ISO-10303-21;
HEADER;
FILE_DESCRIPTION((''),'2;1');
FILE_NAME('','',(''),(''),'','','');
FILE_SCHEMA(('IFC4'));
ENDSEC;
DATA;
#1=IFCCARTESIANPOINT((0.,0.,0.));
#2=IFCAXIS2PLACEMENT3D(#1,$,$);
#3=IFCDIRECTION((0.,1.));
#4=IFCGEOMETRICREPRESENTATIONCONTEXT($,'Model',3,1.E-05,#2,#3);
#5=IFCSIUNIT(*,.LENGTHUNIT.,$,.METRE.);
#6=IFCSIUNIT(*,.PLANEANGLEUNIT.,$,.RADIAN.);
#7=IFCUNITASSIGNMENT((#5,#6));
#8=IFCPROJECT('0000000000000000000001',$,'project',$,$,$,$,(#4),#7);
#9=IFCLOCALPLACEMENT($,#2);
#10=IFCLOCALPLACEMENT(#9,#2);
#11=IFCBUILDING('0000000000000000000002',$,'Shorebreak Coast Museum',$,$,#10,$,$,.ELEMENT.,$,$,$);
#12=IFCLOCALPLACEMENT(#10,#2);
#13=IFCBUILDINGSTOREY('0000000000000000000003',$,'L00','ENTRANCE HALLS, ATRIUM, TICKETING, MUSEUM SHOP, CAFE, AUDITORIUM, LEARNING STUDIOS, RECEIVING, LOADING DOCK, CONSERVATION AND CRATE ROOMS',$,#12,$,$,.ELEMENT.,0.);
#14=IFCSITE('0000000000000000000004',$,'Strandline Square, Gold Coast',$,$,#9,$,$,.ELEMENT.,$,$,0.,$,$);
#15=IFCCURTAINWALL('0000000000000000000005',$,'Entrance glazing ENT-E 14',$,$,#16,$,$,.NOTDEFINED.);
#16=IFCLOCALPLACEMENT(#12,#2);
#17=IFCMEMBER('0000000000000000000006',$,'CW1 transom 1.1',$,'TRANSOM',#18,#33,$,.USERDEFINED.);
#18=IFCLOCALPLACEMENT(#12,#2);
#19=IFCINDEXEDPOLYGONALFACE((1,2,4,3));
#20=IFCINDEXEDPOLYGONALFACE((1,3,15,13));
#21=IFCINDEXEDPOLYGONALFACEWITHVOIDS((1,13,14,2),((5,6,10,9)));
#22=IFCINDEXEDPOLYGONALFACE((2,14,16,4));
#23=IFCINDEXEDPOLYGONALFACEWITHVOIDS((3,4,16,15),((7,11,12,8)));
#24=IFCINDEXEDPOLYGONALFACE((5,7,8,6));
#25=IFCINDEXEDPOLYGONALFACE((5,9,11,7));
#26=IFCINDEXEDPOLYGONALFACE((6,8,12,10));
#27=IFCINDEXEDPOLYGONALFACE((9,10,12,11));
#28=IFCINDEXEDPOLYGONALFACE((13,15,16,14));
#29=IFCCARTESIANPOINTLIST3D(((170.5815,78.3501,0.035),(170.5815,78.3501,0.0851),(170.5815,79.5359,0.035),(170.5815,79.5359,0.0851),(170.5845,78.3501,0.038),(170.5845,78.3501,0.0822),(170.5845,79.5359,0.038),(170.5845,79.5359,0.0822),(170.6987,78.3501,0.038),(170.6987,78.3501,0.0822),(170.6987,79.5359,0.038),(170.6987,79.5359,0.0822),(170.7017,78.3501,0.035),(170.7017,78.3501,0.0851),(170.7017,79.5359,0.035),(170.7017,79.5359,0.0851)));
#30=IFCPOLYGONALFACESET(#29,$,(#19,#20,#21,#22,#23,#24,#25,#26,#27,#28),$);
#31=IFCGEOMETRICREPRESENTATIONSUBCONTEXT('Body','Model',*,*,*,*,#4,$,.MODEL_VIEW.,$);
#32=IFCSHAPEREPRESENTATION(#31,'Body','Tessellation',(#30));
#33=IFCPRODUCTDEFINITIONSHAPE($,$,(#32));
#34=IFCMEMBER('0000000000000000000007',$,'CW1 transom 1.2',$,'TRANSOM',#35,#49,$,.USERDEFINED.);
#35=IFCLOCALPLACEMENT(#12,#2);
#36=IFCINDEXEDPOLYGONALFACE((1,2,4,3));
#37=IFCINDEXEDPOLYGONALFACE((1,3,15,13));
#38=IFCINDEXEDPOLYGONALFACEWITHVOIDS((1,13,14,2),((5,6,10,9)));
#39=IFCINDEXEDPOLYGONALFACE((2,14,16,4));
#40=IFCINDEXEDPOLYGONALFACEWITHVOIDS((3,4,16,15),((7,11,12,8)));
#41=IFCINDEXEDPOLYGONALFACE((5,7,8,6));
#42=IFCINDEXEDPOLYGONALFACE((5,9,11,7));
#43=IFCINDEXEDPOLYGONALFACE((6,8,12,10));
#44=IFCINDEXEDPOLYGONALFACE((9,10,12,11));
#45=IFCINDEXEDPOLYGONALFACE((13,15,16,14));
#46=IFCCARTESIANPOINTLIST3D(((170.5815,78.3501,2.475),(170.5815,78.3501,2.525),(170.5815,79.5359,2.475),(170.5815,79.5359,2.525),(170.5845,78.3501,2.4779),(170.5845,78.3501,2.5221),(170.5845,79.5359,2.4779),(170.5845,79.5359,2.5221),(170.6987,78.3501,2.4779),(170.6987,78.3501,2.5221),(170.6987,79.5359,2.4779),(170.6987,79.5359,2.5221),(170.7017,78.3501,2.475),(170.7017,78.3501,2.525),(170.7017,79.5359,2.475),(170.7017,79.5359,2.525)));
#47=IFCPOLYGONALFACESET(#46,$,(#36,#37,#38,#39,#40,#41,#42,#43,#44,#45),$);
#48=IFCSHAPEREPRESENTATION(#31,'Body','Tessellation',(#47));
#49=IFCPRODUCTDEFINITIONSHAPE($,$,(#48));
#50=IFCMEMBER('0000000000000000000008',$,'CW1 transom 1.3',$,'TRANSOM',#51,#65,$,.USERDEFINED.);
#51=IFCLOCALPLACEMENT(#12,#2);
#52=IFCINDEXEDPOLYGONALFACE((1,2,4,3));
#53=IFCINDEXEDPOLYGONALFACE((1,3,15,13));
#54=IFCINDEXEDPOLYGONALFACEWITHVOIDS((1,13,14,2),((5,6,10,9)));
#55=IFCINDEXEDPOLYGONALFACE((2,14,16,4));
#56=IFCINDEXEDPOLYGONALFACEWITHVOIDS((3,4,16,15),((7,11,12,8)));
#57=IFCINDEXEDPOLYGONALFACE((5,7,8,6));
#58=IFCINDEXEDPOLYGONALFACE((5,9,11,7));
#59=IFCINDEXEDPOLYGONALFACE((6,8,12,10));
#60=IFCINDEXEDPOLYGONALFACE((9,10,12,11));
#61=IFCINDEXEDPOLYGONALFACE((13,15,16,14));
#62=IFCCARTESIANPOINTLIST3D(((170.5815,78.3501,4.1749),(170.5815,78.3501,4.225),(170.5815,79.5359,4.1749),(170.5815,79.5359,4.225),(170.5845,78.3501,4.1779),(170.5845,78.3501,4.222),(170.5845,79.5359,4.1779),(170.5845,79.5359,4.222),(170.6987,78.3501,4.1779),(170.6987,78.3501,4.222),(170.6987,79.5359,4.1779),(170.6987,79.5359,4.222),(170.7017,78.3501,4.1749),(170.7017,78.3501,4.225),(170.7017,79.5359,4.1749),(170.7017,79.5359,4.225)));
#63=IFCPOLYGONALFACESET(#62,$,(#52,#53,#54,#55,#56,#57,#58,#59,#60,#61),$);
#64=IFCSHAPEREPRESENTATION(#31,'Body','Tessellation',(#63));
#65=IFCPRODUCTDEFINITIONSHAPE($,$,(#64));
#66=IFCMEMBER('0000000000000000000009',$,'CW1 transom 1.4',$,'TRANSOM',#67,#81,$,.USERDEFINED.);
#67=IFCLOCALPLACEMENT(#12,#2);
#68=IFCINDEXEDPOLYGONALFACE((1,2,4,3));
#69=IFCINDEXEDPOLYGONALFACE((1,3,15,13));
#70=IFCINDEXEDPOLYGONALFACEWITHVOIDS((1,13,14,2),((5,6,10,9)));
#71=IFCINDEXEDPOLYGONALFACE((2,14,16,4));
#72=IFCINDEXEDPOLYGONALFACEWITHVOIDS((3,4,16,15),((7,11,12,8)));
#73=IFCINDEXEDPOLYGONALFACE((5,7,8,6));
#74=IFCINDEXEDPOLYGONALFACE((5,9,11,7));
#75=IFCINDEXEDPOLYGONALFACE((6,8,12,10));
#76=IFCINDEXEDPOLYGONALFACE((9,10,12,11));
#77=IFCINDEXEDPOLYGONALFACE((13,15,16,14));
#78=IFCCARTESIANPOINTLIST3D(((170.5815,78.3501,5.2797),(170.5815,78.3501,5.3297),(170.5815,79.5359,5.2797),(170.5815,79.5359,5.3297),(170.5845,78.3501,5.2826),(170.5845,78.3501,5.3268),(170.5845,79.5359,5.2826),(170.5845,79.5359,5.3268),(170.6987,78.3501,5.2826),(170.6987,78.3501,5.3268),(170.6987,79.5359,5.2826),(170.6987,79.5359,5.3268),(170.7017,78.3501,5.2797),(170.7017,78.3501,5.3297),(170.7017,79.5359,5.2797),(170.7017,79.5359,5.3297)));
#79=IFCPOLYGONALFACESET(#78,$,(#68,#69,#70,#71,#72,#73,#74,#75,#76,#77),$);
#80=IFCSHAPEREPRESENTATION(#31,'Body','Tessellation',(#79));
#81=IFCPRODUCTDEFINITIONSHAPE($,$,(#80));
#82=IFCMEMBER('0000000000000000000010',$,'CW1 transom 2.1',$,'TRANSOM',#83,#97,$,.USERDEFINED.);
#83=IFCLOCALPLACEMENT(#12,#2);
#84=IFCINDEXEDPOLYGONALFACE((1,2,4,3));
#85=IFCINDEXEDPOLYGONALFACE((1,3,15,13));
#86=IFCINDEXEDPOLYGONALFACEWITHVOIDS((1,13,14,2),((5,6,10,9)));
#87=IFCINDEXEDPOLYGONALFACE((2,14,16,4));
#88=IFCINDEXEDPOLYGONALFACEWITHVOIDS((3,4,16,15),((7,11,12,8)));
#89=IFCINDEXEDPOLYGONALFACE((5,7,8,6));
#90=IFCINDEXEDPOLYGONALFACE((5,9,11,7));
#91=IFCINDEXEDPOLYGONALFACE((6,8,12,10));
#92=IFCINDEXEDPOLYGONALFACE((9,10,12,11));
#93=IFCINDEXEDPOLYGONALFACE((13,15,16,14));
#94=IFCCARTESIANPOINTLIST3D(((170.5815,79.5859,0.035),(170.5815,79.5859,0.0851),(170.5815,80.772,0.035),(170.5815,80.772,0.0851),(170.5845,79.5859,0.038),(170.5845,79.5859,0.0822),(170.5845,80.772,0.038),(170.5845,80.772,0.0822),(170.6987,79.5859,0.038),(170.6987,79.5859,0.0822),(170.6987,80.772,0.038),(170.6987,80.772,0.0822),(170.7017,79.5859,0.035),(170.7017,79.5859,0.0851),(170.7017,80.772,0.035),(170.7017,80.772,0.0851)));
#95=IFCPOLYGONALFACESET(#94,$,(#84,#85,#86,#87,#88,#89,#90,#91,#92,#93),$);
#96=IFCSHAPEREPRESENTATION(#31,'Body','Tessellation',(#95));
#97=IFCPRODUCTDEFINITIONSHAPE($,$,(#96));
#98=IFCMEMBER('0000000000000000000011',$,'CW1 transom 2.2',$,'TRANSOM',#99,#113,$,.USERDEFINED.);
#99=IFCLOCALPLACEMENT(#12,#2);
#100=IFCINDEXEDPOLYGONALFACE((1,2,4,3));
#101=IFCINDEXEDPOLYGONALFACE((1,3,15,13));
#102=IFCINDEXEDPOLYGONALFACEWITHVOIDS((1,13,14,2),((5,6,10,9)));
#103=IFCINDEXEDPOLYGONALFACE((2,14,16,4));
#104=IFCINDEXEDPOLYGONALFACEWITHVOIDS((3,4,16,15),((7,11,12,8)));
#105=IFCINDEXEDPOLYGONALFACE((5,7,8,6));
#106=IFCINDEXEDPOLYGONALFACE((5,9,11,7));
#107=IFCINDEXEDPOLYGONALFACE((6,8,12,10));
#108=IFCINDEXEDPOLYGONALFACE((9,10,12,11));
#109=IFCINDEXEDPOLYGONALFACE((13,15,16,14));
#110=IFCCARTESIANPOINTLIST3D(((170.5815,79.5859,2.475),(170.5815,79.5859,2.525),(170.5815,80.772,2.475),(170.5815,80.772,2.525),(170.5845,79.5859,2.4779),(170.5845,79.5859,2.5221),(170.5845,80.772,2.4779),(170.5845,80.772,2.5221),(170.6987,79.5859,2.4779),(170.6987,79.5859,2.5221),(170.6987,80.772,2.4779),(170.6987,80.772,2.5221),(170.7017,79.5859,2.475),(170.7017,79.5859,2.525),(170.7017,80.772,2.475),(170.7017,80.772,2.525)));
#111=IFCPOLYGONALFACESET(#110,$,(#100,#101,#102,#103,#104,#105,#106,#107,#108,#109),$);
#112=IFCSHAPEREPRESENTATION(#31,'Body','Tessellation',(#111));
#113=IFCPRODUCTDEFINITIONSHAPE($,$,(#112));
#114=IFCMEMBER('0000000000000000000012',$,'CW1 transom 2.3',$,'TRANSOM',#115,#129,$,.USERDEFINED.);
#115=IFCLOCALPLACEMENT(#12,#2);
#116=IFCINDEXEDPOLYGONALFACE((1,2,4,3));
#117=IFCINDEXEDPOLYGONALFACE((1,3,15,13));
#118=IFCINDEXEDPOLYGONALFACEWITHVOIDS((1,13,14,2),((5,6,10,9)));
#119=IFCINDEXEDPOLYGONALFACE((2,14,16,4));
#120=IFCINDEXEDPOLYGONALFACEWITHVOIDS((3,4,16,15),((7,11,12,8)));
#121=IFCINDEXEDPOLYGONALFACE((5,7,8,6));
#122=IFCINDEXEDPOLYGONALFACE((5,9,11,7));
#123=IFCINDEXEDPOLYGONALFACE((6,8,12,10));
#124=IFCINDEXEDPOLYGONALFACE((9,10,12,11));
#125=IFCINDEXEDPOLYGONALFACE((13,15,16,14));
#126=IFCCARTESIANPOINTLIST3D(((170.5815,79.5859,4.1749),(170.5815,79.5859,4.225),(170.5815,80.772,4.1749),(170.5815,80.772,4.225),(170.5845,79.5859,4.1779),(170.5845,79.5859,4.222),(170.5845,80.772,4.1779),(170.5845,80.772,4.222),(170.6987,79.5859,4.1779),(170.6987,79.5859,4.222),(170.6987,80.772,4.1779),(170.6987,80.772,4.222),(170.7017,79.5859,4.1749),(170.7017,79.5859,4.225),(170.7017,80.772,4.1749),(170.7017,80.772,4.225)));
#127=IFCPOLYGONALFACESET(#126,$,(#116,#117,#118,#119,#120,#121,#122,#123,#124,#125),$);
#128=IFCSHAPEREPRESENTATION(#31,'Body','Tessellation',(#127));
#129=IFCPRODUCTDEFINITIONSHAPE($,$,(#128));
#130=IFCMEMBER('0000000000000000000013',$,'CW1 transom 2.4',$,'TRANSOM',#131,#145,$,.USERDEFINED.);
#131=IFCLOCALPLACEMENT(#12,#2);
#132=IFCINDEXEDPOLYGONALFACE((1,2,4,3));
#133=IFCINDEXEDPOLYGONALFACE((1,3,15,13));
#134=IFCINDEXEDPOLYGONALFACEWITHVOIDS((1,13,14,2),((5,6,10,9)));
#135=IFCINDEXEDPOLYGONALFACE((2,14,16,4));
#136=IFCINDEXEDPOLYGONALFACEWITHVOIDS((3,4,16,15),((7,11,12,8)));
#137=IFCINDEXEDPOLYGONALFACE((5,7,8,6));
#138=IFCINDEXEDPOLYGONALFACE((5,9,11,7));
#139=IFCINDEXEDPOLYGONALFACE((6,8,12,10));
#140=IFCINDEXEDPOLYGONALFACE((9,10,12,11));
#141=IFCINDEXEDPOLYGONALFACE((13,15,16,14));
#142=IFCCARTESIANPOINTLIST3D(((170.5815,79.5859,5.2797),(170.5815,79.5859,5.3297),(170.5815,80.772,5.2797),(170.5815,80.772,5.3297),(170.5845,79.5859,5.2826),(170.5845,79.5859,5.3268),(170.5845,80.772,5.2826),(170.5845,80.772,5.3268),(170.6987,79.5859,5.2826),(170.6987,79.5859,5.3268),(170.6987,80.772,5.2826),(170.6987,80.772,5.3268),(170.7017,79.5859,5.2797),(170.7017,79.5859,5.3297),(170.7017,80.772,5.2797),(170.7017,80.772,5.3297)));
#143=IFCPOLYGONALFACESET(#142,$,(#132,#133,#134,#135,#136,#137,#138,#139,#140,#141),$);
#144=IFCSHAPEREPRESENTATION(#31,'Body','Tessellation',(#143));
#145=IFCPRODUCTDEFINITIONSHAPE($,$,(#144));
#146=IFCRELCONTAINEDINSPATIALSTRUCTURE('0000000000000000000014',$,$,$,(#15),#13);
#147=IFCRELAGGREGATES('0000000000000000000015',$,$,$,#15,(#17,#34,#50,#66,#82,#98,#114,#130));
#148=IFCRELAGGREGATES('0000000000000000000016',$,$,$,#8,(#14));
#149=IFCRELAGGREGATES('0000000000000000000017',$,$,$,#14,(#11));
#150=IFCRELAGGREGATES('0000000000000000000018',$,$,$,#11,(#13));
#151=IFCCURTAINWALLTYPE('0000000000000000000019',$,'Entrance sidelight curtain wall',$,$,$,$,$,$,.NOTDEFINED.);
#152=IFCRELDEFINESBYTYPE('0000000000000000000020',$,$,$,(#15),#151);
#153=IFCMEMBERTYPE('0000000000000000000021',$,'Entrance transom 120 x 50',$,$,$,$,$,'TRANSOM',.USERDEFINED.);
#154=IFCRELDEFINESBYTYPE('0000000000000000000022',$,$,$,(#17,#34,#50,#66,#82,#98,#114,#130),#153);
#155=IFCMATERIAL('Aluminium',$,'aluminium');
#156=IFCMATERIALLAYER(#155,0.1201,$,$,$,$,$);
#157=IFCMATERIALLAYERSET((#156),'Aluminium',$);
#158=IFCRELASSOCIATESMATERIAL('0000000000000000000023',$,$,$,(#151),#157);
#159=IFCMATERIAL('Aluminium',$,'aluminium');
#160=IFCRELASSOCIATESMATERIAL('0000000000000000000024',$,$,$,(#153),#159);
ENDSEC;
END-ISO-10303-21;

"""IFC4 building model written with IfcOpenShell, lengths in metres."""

from ifc_helpers import new_model, si_unit, direction, frame, origin, origin_2d, place, context, subcontext, project, spatial, hollow_rectangle, extrude, material, layer, layer_set, material_profile, profile_set, type_object, element, aggregate, save


model = new_model("IFC4")

# Units and contexts
model_context = context("Model", 3, precision=1e-05, world=origin(), true_north=direction((0.0, 1.0)))
body_context = subcontext(model_context, "Body", "Model", "MODEL_VIEW")
ifc_project = project(units=[si_unit("LENGTHUNIT", "METRE"), si_unit("PLANEANGLEUNIT", "RADIAN")], contexts=[model_context])

# Site, building, storey
site_placement = place(None, origin())
site = spatial("IfcSite", under=ifc_project, at=site_placement, Name="Strandline Square, Gold Coast", CompositionType="ELEMENT", RefElevation=0.0)
building_placement = place(site_placement, origin())
building = spatial("IfcBuilding", under=site, at=building_placement, Name="Shorebreak Coast Museum", CompositionType="ELEMENT")
storey_placement = place(building_placement, origin())
storey = spatial("IfcBuildingStorey", under=building, at=storey_placement, Name="L00", Description="ENTRANCE HALLS, ATRIUM, TICKETING, MUSEUM SHOP, CAFE, AUDITORIUM, LEARNING STUDIOS, RECEIVING, LOADING DOCK, CONSERVATION AND CRATE ROOMS", CompositionType="ELEMENT", Elevation=0.0)

# Curtain wall, members
ifc_material_1 = material(Name="Aluminium", Category="aluminium")
ifc_layer_1 = layer(ifc_material_1, 0.1201)
ifc_layer_set_1 = layer_set([ifc_layer_1], Name="Aluminium")
curtain_wall_type = type_object("IfcCurtainWallType", Name="Entrance sidelight curtain wall", PredefinedType="NOTDEFINED", material=ifc_layer_set_1)
curtain_wall_placement = place(storey_placement, origin())
curtain_wall = element("IfcCurtainWall", 1, at=curtain_wall_placement, inside=storey, type_object=curtain_wall_type, Name="Entrance glazing ENT-E 14", PredefinedType="NOTDEFINED")
ifc_material_2 = material(Name="Aluminium", Category="aluminium")
ifc_material_profile_1 = material_profile(ifc_material_2, hollow_rectangle(XDim=0.1201, YDim=0.05, WallThickness=0.0029, at=origin_2d()), Name="AL 50x120 RHS")
ifc_profile_set_1 = profile_set([ifc_material_profile_1], Name="Aluminium")
member_type_1 = type_object("IfcMemberType", Name="Entrance transom 120 x 50", ElementType="TRANSOM", PredefinedType="USERDEFINED", material=ifc_profile_set_1)
member_1_placement = place(storey_placement, frame((170.6416, 78.3501, 0.0601), z_axis=(0.0, 1.0, 0.0), x_axis=(-1.0, 0.0, 0.0)))
member_1 = element("IfcMember", 2, at=member_1_placement, type_object=member_type_1, Name="CW1 transom 1.1", ObjectType="TRANSOM", PredefinedType="USERDEFINED", context=body_context, shape_type="SweptSolid", body=[
    extrude(hollow_rectangle(XDim=0.1201, YDim=0.05, WallThickness=0.0029, at=origin_2d()), origin(), (0.0, 0.0, 1.0), 1.1858),
])
member_2_placement = place(storey_placement, frame((170.6416, 78.3501, 2.5), z_axis=(0.0, 1.0, 0.0), x_axis=(-1.0, 0.0, 0.0)))
member_2 = element("IfcMember", 3, at=member_2_placement, type_object=member_type_1, Name="CW1 transom 1.2", ObjectType="TRANSOM", PredefinedType="USERDEFINED", context=body_context, shape_type="SweptSolid", body=[
    extrude(hollow_rectangle(XDim=0.1201, YDim=0.05, WallThickness=0.0029, at=origin_2d()), origin(), (0.0, 0.0, 1.0), 1.1858),
])
member_3_placement = place(storey_placement, frame((170.6416, 78.3501, 4.2), z_axis=(0.0, 1.0, 0.0), x_axis=(-1.0, 0.0, 0.0)))
member_3 = element("IfcMember", 4, at=member_3_placement, type_object=member_type_1, Name="CW1 transom 1.3", ObjectType="TRANSOM", PredefinedType="USERDEFINED", context=body_context, shape_type="SweptSolid", body=[
    extrude(hollow_rectangle(XDim=0.1201, YDim=0.05, WallThickness=0.0029, at=origin_2d()), origin(), (0.0, 0.0, 1.0), 1.1858),
])
member_4_placement = place(storey_placement, frame((170.6416, 78.3501, 5.3047), z_axis=(0.0, 1.0, 0.0), x_axis=(-1.0, 0.0, 0.0)))
member_4 = element("IfcMember", 5, at=member_4_placement, type_object=member_type_1, Name="CW1 transom 1.4", ObjectType="TRANSOM", PredefinedType="USERDEFINED", context=body_context, shape_type="SweptSolid", body=[
    extrude(hollow_rectangle(XDim=0.1201, YDim=0.05, WallThickness=0.0029, at=origin_2d()), origin(), (0.0, 0.0, 1.0), 1.1858),
])
member_5_placement = place(storey_placement, frame((170.6416, 79.5859, 0.0601), z_axis=(0.0, 1.0, 0.0), x_axis=(-1.0, 0.0, 0.0)))
member_5 = element("IfcMember", 6, at=member_5_placement, type_object=member_type_1, Name="CW1 transom 2.1", ObjectType="TRANSOM", PredefinedType="USERDEFINED", context=body_context, shape_type="SweptSolid", body=[
    extrude(hollow_rectangle(XDim=0.1201, YDim=0.05, WallThickness=0.0029, at=origin_2d()), origin(), (0.0, 0.0, 1.0), 1.186),
])
member_6_placement = place(storey_placement, frame((170.6416, 79.5859, 2.5), z_axis=(0.0, 1.0, 0.0), x_axis=(-1.0, 0.0, 0.0)))
member_6 = element("IfcMember", 7, at=member_6_placement, type_object=member_type_1, Name="CW1 transom 2.2", ObjectType="TRANSOM", PredefinedType="USERDEFINED", context=body_context, shape_type="SweptSolid", body=[
    extrude(hollow_rectangle(XDim=0.1201, YDim=0.05, WallThickness=0.0029, at=origin_2d()), origin(), (0.0, 0.0, 1.0), 1.186),
])
member_7_placement = place(storey_placement, frame((170.6416, 79.5859, 4.2), z_axis=(0.0, 1.0, 0.0), x_axis=(-1.0, 0.0, 0.0)))
member_7 = element("IfcMember", 8, at=member_7_placement, type_object=member_type_1, Name="CW1 transom 2.3", ObjectType="TRANSOM", PredefinedType="USERDEFINED", context=body_context, shape_type="SweptSolid", body=[
    extrude(hollow_rectangle(XDim=0.1201, YDim=0.05, WallThickness=0.0029, at=origin_2d()), origin(), (0.0, 0.0, 1.0), 1.186),
])
member_8_placement = place(storey_placement, frame((170.6416, 79.5859, 5.3047), z_axis=(0.0, 1.0, 0.0), x_axis=(-1.0, 0.0, 0.0)))
member_8 = element("IfcMember", 9, at=member_8_placement, type_object=member_type_1, Name="CW1 transom 2.4", ObjectType="TRANSOM", PredefinedType="USERDEFINED", context=body_context, shape_type="SweptSolid", body=[
    extrude(hollow_rectangle(XDim=0.1201, YDim=0.05, WallThickness=0.0029, at=origin_2d()), origin(), (0.0, 0.0, 1.0), 1.186),
])

aggregate(curtain_wall, [member_1, member_2, member_3, member_4, member_5, member_6, member_7, member_8])

save(model, "model.ifc")
